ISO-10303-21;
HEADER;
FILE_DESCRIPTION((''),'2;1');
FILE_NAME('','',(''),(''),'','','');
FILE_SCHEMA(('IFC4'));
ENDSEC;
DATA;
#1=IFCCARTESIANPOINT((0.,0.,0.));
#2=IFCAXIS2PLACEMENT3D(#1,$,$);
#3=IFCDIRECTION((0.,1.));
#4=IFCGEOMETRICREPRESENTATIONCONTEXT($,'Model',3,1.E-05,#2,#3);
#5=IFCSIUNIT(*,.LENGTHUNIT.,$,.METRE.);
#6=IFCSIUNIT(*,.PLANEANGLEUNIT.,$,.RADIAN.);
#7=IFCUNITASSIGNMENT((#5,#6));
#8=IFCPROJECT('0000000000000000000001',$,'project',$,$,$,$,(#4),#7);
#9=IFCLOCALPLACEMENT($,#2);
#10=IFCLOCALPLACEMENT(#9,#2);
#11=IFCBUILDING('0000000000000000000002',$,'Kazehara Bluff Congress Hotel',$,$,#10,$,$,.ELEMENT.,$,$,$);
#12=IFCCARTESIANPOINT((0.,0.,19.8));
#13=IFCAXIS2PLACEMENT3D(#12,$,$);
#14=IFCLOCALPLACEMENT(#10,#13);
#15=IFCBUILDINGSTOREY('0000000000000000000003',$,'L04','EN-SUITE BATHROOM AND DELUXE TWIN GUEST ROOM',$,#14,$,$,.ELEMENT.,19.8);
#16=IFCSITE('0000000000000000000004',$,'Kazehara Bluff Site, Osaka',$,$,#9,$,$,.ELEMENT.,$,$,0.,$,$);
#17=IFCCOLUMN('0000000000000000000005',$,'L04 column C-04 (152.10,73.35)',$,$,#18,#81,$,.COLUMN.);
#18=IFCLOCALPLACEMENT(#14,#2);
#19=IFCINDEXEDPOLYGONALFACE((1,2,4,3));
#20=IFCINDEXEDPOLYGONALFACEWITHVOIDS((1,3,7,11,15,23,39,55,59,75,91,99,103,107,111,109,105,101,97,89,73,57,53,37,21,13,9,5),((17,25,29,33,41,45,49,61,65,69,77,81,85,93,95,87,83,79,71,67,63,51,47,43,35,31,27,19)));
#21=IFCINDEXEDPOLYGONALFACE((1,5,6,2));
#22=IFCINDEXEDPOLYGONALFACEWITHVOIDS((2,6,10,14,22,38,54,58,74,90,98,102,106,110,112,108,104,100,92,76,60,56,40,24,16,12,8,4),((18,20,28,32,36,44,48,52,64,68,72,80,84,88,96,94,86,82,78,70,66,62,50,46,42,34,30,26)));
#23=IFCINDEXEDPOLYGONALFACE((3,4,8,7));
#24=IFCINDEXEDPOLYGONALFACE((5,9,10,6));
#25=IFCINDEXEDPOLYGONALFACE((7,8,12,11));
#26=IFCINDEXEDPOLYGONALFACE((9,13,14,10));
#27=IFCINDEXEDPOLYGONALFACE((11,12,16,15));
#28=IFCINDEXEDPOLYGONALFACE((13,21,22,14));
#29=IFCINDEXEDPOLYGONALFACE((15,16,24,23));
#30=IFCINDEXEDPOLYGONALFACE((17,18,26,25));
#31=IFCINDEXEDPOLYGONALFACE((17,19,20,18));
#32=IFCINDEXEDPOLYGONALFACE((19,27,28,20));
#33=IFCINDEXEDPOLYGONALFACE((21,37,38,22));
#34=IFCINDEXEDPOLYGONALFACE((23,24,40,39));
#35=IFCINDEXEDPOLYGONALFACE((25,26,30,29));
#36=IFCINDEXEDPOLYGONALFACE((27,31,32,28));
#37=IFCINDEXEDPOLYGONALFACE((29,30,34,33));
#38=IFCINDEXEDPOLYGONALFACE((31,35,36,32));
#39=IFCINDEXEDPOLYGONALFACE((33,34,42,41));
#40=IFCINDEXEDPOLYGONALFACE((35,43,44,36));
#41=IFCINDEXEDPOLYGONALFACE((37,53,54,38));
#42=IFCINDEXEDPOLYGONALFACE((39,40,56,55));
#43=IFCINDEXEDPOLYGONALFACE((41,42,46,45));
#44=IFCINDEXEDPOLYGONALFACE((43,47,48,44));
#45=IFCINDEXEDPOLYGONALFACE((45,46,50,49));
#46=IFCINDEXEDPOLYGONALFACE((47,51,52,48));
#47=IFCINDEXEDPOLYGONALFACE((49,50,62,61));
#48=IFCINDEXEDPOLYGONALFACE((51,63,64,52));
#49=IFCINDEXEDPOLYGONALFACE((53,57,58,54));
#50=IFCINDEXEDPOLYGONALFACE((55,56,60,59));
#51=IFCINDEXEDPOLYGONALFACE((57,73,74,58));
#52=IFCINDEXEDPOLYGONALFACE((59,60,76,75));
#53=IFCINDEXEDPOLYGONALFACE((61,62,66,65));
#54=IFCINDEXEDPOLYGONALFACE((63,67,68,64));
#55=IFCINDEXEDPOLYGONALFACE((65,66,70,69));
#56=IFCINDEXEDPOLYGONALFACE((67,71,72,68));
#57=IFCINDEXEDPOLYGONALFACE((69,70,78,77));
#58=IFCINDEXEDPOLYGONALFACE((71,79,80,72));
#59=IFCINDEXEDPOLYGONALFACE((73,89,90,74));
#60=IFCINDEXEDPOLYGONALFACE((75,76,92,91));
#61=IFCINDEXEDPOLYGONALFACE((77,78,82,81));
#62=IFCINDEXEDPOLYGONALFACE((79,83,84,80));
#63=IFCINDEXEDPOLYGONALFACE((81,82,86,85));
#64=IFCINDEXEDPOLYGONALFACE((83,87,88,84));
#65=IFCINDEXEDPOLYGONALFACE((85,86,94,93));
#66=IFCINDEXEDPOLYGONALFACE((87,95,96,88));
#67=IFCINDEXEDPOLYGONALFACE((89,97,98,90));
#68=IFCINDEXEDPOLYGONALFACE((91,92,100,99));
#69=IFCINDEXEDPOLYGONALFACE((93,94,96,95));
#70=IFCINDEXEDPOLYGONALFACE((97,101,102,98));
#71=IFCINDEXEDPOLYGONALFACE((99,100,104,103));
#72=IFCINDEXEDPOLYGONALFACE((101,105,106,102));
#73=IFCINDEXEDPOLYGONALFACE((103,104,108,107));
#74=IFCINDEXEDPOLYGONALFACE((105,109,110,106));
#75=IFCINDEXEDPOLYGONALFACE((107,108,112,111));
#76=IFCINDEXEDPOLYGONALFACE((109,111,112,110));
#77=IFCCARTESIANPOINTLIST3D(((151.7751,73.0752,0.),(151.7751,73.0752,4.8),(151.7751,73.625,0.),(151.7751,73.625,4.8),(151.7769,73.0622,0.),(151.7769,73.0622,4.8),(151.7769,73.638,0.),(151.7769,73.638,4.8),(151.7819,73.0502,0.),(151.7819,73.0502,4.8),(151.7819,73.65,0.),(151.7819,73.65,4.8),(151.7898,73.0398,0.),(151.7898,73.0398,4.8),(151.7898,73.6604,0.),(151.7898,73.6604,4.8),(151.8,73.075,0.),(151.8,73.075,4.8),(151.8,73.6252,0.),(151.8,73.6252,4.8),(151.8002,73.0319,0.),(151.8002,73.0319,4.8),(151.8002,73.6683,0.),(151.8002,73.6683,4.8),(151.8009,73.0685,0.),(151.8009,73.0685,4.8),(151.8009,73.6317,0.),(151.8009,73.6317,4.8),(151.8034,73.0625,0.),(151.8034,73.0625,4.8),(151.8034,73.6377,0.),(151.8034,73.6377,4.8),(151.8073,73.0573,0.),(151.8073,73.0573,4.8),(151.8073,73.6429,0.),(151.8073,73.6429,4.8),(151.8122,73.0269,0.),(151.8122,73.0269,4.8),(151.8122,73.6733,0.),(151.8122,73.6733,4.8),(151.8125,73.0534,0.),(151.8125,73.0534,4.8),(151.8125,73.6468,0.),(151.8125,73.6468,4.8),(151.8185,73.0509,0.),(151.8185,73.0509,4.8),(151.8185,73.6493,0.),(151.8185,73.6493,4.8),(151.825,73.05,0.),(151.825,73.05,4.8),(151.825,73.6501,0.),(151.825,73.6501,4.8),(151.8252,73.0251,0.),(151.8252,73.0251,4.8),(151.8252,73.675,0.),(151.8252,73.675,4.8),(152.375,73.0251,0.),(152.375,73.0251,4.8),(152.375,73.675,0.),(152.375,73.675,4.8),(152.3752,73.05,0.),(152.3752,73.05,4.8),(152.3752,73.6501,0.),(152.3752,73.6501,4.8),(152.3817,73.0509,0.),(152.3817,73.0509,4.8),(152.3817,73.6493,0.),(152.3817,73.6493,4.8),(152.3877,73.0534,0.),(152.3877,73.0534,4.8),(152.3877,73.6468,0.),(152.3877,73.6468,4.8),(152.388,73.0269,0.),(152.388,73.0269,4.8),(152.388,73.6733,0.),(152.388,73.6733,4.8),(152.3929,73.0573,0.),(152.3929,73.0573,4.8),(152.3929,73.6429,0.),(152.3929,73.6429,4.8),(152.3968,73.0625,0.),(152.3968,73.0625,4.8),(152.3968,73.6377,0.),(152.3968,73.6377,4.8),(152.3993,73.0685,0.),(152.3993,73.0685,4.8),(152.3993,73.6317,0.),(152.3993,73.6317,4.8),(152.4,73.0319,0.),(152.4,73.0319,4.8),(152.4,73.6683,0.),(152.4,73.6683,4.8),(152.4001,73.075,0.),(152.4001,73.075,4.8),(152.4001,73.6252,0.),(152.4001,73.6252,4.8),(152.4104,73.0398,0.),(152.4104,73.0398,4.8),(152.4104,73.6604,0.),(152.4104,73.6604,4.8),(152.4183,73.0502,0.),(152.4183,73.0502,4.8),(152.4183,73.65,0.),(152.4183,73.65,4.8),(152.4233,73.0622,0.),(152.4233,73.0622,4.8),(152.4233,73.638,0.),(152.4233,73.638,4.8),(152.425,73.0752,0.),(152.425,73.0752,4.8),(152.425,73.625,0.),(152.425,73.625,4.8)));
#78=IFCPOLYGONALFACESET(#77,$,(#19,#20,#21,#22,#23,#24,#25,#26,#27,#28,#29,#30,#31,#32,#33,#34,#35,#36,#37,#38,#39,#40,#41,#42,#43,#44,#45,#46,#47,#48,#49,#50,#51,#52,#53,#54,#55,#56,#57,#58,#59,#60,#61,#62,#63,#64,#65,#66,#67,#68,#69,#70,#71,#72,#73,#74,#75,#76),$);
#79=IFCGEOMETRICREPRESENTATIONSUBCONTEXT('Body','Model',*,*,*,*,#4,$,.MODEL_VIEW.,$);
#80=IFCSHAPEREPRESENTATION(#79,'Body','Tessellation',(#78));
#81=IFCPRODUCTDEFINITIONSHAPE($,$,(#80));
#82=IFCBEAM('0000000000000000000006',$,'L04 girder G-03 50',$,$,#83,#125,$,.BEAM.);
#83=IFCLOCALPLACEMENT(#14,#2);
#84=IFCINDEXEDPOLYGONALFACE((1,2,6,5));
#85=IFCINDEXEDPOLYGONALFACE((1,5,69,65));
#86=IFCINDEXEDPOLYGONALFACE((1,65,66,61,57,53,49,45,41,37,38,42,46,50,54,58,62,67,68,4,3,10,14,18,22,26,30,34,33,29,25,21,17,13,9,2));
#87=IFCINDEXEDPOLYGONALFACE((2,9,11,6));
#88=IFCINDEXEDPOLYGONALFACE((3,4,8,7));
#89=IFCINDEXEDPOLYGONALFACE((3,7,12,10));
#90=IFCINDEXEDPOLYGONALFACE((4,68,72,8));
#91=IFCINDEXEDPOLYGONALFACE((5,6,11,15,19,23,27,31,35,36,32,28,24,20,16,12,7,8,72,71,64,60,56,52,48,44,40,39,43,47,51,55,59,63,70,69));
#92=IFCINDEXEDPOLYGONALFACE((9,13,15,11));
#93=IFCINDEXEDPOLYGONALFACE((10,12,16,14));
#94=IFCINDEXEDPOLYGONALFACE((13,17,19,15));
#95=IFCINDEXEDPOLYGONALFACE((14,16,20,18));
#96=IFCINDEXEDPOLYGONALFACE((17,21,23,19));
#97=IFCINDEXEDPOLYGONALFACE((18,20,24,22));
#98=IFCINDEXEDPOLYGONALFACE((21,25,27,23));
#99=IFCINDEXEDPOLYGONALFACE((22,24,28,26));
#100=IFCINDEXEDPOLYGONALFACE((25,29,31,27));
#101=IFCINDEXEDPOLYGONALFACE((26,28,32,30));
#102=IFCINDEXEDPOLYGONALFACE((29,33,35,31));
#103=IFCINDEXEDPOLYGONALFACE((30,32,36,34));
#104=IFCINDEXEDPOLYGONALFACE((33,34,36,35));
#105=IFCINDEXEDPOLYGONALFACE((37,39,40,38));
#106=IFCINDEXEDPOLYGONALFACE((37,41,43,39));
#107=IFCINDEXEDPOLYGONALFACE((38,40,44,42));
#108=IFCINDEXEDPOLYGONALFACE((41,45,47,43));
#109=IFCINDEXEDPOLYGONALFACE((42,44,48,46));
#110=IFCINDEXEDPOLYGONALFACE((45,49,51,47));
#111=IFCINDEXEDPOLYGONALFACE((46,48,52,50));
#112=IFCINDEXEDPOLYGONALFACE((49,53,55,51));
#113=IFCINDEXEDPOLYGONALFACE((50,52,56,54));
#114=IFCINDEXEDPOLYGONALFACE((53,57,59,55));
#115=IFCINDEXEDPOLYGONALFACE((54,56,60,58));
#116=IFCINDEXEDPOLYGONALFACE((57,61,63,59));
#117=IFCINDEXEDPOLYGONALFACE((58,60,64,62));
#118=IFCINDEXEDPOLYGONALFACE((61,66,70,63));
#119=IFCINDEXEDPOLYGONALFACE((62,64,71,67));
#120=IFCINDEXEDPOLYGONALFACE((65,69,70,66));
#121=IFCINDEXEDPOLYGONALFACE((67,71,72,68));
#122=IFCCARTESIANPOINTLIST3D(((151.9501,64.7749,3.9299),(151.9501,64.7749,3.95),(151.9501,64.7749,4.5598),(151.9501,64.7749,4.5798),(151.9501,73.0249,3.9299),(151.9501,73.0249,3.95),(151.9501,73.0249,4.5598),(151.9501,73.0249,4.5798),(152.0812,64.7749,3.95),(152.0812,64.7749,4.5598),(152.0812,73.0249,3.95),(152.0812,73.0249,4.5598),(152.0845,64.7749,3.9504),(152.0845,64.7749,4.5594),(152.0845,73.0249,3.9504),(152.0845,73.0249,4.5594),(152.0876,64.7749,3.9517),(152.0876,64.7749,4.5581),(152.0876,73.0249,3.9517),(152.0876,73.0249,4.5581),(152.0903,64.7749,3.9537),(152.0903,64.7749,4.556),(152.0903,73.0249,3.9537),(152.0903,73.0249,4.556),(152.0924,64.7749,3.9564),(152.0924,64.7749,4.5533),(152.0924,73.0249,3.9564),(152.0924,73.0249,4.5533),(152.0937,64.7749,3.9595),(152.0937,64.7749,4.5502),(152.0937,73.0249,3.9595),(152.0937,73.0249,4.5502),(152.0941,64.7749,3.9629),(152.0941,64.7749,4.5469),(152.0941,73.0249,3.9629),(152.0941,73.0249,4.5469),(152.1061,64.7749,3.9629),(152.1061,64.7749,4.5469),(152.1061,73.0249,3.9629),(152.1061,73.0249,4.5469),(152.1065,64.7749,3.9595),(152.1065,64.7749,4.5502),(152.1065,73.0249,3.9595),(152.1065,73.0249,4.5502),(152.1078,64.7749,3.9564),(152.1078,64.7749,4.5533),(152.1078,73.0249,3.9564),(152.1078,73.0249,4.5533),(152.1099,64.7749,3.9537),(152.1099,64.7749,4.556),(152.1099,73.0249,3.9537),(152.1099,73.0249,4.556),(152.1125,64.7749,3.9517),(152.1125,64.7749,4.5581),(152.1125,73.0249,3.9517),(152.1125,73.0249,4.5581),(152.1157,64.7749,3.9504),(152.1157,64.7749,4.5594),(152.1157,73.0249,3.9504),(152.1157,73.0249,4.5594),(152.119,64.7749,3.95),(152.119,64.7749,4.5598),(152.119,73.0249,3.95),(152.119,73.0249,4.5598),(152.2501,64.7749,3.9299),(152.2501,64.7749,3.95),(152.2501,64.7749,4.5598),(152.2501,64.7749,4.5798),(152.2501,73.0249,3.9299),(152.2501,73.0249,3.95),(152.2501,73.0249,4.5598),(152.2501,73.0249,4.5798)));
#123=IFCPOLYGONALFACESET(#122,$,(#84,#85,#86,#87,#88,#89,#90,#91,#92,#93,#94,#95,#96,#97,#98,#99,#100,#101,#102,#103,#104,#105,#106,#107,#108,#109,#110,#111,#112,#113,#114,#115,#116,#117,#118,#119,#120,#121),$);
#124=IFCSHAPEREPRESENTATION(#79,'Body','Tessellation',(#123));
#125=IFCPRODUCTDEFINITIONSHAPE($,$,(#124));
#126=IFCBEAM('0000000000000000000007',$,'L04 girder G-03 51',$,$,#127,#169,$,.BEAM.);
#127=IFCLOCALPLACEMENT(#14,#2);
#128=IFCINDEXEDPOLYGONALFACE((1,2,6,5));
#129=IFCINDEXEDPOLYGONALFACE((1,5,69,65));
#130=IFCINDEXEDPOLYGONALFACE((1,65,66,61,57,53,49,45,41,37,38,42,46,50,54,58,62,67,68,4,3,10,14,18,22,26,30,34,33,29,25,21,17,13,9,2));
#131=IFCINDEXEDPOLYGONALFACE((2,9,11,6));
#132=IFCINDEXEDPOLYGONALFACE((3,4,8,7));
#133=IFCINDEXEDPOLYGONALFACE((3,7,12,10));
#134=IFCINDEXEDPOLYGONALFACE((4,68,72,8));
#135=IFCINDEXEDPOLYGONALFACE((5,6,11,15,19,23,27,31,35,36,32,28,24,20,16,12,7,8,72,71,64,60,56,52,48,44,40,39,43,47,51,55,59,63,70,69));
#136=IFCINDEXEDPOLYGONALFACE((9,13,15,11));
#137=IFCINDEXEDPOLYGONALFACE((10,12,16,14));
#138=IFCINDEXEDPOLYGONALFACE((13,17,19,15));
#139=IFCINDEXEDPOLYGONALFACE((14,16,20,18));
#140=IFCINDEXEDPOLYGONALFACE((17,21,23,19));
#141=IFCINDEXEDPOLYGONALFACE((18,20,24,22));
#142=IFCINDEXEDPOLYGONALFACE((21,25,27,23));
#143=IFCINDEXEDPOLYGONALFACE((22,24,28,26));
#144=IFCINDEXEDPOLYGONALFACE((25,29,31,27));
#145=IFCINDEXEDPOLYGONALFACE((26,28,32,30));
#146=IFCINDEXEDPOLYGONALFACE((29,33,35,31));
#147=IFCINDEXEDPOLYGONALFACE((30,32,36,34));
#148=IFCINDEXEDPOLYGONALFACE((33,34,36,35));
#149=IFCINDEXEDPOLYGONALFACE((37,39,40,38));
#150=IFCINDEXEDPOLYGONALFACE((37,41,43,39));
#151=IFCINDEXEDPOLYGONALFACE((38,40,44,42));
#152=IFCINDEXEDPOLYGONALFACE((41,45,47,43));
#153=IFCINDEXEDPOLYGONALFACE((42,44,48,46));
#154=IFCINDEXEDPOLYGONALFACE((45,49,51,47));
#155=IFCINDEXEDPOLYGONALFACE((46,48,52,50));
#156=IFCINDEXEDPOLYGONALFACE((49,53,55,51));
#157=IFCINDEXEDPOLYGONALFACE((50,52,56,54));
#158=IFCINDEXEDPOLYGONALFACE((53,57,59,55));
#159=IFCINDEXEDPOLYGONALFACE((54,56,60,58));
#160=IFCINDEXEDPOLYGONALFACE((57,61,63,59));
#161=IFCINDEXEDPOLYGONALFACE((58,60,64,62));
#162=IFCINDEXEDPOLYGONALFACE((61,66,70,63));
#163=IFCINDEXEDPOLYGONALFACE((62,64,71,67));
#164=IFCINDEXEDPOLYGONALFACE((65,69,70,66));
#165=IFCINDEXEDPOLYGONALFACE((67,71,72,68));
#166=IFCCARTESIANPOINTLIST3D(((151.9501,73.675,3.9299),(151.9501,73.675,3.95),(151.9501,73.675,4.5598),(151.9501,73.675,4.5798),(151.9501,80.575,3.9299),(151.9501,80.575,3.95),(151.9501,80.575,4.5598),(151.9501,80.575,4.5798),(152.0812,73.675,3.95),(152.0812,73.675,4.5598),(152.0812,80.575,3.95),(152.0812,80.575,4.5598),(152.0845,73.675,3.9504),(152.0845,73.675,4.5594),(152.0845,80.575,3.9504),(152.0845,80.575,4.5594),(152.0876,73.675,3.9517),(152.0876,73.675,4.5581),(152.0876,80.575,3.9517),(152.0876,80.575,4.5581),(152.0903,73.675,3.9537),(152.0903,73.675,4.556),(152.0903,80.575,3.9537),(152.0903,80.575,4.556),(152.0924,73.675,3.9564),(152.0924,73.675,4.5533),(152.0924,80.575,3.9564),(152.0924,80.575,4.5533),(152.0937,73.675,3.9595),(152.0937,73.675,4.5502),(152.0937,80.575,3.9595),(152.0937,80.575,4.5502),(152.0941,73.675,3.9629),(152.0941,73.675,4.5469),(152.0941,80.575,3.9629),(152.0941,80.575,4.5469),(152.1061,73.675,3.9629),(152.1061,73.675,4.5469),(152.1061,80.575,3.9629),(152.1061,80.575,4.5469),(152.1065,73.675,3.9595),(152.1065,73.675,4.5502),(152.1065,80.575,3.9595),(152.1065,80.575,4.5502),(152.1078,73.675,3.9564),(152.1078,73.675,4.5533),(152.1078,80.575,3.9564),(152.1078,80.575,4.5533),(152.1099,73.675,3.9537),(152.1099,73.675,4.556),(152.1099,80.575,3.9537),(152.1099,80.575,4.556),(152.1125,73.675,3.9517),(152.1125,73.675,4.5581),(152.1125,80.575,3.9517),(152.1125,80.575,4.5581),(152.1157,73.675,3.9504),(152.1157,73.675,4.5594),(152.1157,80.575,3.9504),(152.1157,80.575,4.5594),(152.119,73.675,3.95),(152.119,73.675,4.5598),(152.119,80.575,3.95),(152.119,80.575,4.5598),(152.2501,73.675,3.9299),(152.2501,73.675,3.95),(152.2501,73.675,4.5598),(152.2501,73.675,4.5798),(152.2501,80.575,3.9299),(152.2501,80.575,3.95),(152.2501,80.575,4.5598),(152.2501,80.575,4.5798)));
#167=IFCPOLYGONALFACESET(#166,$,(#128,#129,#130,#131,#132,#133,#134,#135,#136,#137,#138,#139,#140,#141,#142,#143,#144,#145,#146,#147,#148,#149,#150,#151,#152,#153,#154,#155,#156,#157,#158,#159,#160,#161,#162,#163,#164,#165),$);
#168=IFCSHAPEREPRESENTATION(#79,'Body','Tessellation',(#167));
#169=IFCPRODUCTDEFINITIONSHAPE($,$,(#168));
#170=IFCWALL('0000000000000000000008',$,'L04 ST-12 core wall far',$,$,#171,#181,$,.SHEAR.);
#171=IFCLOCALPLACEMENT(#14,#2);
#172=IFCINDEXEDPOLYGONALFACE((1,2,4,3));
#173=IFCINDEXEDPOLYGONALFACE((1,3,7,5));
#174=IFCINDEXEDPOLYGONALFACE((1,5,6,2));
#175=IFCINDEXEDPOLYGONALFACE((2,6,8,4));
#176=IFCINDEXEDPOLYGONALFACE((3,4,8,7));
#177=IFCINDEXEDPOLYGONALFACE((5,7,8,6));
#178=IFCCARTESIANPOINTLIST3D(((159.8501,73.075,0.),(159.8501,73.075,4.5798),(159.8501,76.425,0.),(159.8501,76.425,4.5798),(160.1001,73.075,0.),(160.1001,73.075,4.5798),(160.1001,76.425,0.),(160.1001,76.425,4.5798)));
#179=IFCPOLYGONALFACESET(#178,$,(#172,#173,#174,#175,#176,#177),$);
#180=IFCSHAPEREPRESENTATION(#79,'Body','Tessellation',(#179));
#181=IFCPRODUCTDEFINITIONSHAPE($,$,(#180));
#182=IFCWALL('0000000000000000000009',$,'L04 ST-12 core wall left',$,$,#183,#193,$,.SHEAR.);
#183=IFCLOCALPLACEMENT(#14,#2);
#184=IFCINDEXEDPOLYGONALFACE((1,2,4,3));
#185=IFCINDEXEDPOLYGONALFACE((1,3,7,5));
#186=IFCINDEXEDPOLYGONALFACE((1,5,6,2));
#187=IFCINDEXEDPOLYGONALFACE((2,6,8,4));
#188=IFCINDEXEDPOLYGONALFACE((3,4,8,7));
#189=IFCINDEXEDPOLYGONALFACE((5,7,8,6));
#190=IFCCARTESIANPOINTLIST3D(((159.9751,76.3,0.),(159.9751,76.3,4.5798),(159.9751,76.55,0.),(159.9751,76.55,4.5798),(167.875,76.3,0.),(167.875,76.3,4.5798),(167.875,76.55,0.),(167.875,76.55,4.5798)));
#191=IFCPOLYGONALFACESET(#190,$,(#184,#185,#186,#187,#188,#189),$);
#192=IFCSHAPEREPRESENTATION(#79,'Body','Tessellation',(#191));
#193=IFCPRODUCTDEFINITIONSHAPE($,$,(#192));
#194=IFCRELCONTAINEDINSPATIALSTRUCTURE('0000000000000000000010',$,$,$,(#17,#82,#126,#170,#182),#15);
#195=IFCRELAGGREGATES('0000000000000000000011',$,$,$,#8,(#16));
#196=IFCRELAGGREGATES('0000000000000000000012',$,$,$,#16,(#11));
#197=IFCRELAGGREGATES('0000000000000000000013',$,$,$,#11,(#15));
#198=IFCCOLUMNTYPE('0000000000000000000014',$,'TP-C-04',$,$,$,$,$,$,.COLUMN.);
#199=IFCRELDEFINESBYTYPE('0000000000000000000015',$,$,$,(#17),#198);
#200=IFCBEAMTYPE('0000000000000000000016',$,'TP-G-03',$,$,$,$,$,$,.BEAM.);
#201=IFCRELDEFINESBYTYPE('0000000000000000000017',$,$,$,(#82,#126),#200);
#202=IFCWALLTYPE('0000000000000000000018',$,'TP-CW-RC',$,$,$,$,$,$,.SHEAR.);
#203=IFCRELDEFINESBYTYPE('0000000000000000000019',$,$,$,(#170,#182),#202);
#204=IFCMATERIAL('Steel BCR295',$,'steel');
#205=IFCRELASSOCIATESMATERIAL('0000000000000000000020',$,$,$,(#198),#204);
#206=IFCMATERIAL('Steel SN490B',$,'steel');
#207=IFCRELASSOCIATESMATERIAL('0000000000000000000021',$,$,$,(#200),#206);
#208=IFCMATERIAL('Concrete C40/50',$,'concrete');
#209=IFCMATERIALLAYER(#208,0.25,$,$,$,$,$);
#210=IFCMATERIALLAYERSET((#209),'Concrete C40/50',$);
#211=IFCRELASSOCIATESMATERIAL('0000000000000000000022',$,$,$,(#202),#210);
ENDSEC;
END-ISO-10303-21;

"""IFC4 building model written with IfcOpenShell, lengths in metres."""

from ifc_helpers import new_model, si_unit, direction, frame, frame_2d, origin, origin_2d, place, context, subcontext, project, spatial, rectangle, hollow_rectangle, i_section, extrude, material, layer, layer_set, material_profile, profile_set, type_object, element, save


model = new_model("IFC4")

# Units and contexts
model_context = context("Model", 3, precision=1e-05, world=origin(), true_north=direction((0.0, 1.0)))
body_context = subcontext(model_context, "Body", "Model", "MODEL_VIEW")
ifc_project = project(units=[si_unit("LENGTHUNIT", "METRE"), si_unit("PLANEANGLEUNIT", "RADIAN")], contexts=[model_context])

# Site, building, storey
site_placement = place(None, origin())
site = spatial("IfcSite", under=ifc_project, at=site_placement, Name="Kazehara Bluff Site, Osaka", CompositionType="ELEMENT", RefElevation=0.0)
building_placement = place(site_placement, origin())
building = spatial("IfcBuilding", under=site, at=building_placement, Name="Kazehara Bluff Congress Hotel", CompositionType="ELEMENT")
storey_placement = place(building_placement, frame((0.0, 0.0, 19.8)))
storey = spatial("IfcBuildingStorey", under=building, at=storey_placement, Name="L04", Description="EN-SUITE BATHROOM AND DELUXE TWIN GUEST ROOM", CompositionType="ELEMENT", Elevation=19.8)

# Column
ifc_material_1 = material(Name="Steel BCR295", Category="steel")
ifc_material_profile_1 = material_profile(ifc_material_1, hollow_rectangle(XDim=0.6499, YDim=0.6499, WallThickness=0.0249, InnerFilletRadius=0.0249, OuterFilletRadius=0.05, at=origin_2d()))
ifc_profile_set_1 = profile_set([ifc_material_profile_1], Name="Steel BCR295")
column_type = type_object("IfcColumnType", Name="TP-C-04", PredefinedType="COLUMN", material=ifc_profile_set_1)
column_placement = place(storey_placement, frame((152.1001, 73.3501, 0.0), z_axis=(0.0, 0.0, 1.0), x_axis=(1.0, 0.0, 0.0)))
element("IfcColumn", 1, at=column_placement, inside=storey, type_object=column_type, Name="L04 column C-04 (152.10,73.35)", PredefinedType="COLUMN", context=body_context, shape_type="SweptSolid", body=[
    extrude(hollow_rectangle(XDim=0.6499, YDim=0.6499, WallThickness=0.0249, InnerFilletRadius=0.0249, OuterFilletRadius=0.05, at=origin_2d()), origin(), (0.0, 0.0, 1.0), 4.8),
])

# Beams
ifc_material_2 = material(Name="Steel SN490B", Category="steel")
ifc_material_profile_2 = material_profile(ifc_material_2, i_section(OverallWidth=0.3, OverallDepth=0.6499, WebThickness=0.012, FlangeThickness=0.02, FilletRadius=0.0129, at=origin_2d()))
ifc_profile_set_2 = profile_set([ifc_material_profile_2], Name="Steel SN490B")
beam_type = type_object("IfcBeamType", Name="TP-G-03", PredefinedType="BEAM", material=ifc_profile_set_2)
beam_1_placement = place(storey_placement, frame((152.1001, 64.7749, 4.2549), z_axis=(0.0, 1.0, 0.0), x_axis=(-1.0, 0.0, 0.0)))
element("IfcBeam", 2, at=beam_1_placement, inside=storey, type_object=beam_type, Name="L04 girder G-03 50", PredefinedType="BEAM", context=body_context, shape_type="SweptSolid", body=[
    extrude(i_section(OverallWidth=0.3, OverallDepth=0.6499, WebThickness=0.012, FlangeThickness=0.02, FilletRadius=0.0129, at=origin_2d()), origin(), (0.0, 0.0, 1.0), 8.25),
])
beam_2_placement = place(storey_placement, frame((152.1001, 73.675, 4.2549), z_axis=(0.0, 1.0, 0.0), x_axis=(-1.0, 0.0, 0.0)))
element("IfcBeam", 3, at=beam_2_placement, inside=storey, type_object=beam_type, Name="L04 girder G-03 51", PredefinedType="BEAM", context=body_context, shape_type="SweptSolid", body=[
    extrude(i_section(OverallWidth=0.3, OverallDepth=0.6499, WebThickness=0.012, FlangeThickness=0.02, FilletRadius=0.0129, at=origin_2d()), origin(), (0.0, 0.0, 1.0), 6.8999),
])

# Walls
ifc_material_3 = material(Name="Concrete C40/50", Category="concrete")
ifc_layer_1 = layer(ifc_material_3, 0.25)
ifc_layer_set_1 = layer_set([ifc_layer_1], Name="Concrete C40/50")
wall_type_1 = type_object("IfcWallType", Name="TP-CW-RC", PredefinedType="SHEAR", material=ifc_layer_set_1)
wall_1_placement = place(storey_placement, frame((159.9751, 73.075, 0.0), z_axis=(0.0, 0.0, 1.0), x_axis=(0.0, 1.0, 0.0)))
element("IfcWall", 4, at=wall_1_placement, inside=storey, type_object=wall_type_1, Name="L04 ST-12 core wall far", PredefinedType="SHEAR", context=body_context, shape_type="SweptSolid", body=[
    extrude(rectangle(XDim=3.3501, YDim=0.25, at=frame_2d((1.675, 0.0))), origin(), (0.0, 0.0, 1.0), 4.5798),
])
wall_2_placement = place(storey_placement, frame((159.9751, 76.425, 0.0), z_axis=(0.0, 0.0, 1.0), x_axis=(1.0, 0.0, 0.0)))
element("IfcWall", 5, at=wall_2_placement, inside=storey, type_object=wall_type_1, Name="L04 ST-12 core wall left", PredefinedType="SHEAR", context=body_context, shape_type="SweptSolid", body=[
    extrude(rectangle(XDim=7.8999, YDim=0.25, at=frame_2d((3.95, 0.0))), origin(), (0.0, 0.0, 1.0), 4.5798),
])

save(model, "model.ifc")
